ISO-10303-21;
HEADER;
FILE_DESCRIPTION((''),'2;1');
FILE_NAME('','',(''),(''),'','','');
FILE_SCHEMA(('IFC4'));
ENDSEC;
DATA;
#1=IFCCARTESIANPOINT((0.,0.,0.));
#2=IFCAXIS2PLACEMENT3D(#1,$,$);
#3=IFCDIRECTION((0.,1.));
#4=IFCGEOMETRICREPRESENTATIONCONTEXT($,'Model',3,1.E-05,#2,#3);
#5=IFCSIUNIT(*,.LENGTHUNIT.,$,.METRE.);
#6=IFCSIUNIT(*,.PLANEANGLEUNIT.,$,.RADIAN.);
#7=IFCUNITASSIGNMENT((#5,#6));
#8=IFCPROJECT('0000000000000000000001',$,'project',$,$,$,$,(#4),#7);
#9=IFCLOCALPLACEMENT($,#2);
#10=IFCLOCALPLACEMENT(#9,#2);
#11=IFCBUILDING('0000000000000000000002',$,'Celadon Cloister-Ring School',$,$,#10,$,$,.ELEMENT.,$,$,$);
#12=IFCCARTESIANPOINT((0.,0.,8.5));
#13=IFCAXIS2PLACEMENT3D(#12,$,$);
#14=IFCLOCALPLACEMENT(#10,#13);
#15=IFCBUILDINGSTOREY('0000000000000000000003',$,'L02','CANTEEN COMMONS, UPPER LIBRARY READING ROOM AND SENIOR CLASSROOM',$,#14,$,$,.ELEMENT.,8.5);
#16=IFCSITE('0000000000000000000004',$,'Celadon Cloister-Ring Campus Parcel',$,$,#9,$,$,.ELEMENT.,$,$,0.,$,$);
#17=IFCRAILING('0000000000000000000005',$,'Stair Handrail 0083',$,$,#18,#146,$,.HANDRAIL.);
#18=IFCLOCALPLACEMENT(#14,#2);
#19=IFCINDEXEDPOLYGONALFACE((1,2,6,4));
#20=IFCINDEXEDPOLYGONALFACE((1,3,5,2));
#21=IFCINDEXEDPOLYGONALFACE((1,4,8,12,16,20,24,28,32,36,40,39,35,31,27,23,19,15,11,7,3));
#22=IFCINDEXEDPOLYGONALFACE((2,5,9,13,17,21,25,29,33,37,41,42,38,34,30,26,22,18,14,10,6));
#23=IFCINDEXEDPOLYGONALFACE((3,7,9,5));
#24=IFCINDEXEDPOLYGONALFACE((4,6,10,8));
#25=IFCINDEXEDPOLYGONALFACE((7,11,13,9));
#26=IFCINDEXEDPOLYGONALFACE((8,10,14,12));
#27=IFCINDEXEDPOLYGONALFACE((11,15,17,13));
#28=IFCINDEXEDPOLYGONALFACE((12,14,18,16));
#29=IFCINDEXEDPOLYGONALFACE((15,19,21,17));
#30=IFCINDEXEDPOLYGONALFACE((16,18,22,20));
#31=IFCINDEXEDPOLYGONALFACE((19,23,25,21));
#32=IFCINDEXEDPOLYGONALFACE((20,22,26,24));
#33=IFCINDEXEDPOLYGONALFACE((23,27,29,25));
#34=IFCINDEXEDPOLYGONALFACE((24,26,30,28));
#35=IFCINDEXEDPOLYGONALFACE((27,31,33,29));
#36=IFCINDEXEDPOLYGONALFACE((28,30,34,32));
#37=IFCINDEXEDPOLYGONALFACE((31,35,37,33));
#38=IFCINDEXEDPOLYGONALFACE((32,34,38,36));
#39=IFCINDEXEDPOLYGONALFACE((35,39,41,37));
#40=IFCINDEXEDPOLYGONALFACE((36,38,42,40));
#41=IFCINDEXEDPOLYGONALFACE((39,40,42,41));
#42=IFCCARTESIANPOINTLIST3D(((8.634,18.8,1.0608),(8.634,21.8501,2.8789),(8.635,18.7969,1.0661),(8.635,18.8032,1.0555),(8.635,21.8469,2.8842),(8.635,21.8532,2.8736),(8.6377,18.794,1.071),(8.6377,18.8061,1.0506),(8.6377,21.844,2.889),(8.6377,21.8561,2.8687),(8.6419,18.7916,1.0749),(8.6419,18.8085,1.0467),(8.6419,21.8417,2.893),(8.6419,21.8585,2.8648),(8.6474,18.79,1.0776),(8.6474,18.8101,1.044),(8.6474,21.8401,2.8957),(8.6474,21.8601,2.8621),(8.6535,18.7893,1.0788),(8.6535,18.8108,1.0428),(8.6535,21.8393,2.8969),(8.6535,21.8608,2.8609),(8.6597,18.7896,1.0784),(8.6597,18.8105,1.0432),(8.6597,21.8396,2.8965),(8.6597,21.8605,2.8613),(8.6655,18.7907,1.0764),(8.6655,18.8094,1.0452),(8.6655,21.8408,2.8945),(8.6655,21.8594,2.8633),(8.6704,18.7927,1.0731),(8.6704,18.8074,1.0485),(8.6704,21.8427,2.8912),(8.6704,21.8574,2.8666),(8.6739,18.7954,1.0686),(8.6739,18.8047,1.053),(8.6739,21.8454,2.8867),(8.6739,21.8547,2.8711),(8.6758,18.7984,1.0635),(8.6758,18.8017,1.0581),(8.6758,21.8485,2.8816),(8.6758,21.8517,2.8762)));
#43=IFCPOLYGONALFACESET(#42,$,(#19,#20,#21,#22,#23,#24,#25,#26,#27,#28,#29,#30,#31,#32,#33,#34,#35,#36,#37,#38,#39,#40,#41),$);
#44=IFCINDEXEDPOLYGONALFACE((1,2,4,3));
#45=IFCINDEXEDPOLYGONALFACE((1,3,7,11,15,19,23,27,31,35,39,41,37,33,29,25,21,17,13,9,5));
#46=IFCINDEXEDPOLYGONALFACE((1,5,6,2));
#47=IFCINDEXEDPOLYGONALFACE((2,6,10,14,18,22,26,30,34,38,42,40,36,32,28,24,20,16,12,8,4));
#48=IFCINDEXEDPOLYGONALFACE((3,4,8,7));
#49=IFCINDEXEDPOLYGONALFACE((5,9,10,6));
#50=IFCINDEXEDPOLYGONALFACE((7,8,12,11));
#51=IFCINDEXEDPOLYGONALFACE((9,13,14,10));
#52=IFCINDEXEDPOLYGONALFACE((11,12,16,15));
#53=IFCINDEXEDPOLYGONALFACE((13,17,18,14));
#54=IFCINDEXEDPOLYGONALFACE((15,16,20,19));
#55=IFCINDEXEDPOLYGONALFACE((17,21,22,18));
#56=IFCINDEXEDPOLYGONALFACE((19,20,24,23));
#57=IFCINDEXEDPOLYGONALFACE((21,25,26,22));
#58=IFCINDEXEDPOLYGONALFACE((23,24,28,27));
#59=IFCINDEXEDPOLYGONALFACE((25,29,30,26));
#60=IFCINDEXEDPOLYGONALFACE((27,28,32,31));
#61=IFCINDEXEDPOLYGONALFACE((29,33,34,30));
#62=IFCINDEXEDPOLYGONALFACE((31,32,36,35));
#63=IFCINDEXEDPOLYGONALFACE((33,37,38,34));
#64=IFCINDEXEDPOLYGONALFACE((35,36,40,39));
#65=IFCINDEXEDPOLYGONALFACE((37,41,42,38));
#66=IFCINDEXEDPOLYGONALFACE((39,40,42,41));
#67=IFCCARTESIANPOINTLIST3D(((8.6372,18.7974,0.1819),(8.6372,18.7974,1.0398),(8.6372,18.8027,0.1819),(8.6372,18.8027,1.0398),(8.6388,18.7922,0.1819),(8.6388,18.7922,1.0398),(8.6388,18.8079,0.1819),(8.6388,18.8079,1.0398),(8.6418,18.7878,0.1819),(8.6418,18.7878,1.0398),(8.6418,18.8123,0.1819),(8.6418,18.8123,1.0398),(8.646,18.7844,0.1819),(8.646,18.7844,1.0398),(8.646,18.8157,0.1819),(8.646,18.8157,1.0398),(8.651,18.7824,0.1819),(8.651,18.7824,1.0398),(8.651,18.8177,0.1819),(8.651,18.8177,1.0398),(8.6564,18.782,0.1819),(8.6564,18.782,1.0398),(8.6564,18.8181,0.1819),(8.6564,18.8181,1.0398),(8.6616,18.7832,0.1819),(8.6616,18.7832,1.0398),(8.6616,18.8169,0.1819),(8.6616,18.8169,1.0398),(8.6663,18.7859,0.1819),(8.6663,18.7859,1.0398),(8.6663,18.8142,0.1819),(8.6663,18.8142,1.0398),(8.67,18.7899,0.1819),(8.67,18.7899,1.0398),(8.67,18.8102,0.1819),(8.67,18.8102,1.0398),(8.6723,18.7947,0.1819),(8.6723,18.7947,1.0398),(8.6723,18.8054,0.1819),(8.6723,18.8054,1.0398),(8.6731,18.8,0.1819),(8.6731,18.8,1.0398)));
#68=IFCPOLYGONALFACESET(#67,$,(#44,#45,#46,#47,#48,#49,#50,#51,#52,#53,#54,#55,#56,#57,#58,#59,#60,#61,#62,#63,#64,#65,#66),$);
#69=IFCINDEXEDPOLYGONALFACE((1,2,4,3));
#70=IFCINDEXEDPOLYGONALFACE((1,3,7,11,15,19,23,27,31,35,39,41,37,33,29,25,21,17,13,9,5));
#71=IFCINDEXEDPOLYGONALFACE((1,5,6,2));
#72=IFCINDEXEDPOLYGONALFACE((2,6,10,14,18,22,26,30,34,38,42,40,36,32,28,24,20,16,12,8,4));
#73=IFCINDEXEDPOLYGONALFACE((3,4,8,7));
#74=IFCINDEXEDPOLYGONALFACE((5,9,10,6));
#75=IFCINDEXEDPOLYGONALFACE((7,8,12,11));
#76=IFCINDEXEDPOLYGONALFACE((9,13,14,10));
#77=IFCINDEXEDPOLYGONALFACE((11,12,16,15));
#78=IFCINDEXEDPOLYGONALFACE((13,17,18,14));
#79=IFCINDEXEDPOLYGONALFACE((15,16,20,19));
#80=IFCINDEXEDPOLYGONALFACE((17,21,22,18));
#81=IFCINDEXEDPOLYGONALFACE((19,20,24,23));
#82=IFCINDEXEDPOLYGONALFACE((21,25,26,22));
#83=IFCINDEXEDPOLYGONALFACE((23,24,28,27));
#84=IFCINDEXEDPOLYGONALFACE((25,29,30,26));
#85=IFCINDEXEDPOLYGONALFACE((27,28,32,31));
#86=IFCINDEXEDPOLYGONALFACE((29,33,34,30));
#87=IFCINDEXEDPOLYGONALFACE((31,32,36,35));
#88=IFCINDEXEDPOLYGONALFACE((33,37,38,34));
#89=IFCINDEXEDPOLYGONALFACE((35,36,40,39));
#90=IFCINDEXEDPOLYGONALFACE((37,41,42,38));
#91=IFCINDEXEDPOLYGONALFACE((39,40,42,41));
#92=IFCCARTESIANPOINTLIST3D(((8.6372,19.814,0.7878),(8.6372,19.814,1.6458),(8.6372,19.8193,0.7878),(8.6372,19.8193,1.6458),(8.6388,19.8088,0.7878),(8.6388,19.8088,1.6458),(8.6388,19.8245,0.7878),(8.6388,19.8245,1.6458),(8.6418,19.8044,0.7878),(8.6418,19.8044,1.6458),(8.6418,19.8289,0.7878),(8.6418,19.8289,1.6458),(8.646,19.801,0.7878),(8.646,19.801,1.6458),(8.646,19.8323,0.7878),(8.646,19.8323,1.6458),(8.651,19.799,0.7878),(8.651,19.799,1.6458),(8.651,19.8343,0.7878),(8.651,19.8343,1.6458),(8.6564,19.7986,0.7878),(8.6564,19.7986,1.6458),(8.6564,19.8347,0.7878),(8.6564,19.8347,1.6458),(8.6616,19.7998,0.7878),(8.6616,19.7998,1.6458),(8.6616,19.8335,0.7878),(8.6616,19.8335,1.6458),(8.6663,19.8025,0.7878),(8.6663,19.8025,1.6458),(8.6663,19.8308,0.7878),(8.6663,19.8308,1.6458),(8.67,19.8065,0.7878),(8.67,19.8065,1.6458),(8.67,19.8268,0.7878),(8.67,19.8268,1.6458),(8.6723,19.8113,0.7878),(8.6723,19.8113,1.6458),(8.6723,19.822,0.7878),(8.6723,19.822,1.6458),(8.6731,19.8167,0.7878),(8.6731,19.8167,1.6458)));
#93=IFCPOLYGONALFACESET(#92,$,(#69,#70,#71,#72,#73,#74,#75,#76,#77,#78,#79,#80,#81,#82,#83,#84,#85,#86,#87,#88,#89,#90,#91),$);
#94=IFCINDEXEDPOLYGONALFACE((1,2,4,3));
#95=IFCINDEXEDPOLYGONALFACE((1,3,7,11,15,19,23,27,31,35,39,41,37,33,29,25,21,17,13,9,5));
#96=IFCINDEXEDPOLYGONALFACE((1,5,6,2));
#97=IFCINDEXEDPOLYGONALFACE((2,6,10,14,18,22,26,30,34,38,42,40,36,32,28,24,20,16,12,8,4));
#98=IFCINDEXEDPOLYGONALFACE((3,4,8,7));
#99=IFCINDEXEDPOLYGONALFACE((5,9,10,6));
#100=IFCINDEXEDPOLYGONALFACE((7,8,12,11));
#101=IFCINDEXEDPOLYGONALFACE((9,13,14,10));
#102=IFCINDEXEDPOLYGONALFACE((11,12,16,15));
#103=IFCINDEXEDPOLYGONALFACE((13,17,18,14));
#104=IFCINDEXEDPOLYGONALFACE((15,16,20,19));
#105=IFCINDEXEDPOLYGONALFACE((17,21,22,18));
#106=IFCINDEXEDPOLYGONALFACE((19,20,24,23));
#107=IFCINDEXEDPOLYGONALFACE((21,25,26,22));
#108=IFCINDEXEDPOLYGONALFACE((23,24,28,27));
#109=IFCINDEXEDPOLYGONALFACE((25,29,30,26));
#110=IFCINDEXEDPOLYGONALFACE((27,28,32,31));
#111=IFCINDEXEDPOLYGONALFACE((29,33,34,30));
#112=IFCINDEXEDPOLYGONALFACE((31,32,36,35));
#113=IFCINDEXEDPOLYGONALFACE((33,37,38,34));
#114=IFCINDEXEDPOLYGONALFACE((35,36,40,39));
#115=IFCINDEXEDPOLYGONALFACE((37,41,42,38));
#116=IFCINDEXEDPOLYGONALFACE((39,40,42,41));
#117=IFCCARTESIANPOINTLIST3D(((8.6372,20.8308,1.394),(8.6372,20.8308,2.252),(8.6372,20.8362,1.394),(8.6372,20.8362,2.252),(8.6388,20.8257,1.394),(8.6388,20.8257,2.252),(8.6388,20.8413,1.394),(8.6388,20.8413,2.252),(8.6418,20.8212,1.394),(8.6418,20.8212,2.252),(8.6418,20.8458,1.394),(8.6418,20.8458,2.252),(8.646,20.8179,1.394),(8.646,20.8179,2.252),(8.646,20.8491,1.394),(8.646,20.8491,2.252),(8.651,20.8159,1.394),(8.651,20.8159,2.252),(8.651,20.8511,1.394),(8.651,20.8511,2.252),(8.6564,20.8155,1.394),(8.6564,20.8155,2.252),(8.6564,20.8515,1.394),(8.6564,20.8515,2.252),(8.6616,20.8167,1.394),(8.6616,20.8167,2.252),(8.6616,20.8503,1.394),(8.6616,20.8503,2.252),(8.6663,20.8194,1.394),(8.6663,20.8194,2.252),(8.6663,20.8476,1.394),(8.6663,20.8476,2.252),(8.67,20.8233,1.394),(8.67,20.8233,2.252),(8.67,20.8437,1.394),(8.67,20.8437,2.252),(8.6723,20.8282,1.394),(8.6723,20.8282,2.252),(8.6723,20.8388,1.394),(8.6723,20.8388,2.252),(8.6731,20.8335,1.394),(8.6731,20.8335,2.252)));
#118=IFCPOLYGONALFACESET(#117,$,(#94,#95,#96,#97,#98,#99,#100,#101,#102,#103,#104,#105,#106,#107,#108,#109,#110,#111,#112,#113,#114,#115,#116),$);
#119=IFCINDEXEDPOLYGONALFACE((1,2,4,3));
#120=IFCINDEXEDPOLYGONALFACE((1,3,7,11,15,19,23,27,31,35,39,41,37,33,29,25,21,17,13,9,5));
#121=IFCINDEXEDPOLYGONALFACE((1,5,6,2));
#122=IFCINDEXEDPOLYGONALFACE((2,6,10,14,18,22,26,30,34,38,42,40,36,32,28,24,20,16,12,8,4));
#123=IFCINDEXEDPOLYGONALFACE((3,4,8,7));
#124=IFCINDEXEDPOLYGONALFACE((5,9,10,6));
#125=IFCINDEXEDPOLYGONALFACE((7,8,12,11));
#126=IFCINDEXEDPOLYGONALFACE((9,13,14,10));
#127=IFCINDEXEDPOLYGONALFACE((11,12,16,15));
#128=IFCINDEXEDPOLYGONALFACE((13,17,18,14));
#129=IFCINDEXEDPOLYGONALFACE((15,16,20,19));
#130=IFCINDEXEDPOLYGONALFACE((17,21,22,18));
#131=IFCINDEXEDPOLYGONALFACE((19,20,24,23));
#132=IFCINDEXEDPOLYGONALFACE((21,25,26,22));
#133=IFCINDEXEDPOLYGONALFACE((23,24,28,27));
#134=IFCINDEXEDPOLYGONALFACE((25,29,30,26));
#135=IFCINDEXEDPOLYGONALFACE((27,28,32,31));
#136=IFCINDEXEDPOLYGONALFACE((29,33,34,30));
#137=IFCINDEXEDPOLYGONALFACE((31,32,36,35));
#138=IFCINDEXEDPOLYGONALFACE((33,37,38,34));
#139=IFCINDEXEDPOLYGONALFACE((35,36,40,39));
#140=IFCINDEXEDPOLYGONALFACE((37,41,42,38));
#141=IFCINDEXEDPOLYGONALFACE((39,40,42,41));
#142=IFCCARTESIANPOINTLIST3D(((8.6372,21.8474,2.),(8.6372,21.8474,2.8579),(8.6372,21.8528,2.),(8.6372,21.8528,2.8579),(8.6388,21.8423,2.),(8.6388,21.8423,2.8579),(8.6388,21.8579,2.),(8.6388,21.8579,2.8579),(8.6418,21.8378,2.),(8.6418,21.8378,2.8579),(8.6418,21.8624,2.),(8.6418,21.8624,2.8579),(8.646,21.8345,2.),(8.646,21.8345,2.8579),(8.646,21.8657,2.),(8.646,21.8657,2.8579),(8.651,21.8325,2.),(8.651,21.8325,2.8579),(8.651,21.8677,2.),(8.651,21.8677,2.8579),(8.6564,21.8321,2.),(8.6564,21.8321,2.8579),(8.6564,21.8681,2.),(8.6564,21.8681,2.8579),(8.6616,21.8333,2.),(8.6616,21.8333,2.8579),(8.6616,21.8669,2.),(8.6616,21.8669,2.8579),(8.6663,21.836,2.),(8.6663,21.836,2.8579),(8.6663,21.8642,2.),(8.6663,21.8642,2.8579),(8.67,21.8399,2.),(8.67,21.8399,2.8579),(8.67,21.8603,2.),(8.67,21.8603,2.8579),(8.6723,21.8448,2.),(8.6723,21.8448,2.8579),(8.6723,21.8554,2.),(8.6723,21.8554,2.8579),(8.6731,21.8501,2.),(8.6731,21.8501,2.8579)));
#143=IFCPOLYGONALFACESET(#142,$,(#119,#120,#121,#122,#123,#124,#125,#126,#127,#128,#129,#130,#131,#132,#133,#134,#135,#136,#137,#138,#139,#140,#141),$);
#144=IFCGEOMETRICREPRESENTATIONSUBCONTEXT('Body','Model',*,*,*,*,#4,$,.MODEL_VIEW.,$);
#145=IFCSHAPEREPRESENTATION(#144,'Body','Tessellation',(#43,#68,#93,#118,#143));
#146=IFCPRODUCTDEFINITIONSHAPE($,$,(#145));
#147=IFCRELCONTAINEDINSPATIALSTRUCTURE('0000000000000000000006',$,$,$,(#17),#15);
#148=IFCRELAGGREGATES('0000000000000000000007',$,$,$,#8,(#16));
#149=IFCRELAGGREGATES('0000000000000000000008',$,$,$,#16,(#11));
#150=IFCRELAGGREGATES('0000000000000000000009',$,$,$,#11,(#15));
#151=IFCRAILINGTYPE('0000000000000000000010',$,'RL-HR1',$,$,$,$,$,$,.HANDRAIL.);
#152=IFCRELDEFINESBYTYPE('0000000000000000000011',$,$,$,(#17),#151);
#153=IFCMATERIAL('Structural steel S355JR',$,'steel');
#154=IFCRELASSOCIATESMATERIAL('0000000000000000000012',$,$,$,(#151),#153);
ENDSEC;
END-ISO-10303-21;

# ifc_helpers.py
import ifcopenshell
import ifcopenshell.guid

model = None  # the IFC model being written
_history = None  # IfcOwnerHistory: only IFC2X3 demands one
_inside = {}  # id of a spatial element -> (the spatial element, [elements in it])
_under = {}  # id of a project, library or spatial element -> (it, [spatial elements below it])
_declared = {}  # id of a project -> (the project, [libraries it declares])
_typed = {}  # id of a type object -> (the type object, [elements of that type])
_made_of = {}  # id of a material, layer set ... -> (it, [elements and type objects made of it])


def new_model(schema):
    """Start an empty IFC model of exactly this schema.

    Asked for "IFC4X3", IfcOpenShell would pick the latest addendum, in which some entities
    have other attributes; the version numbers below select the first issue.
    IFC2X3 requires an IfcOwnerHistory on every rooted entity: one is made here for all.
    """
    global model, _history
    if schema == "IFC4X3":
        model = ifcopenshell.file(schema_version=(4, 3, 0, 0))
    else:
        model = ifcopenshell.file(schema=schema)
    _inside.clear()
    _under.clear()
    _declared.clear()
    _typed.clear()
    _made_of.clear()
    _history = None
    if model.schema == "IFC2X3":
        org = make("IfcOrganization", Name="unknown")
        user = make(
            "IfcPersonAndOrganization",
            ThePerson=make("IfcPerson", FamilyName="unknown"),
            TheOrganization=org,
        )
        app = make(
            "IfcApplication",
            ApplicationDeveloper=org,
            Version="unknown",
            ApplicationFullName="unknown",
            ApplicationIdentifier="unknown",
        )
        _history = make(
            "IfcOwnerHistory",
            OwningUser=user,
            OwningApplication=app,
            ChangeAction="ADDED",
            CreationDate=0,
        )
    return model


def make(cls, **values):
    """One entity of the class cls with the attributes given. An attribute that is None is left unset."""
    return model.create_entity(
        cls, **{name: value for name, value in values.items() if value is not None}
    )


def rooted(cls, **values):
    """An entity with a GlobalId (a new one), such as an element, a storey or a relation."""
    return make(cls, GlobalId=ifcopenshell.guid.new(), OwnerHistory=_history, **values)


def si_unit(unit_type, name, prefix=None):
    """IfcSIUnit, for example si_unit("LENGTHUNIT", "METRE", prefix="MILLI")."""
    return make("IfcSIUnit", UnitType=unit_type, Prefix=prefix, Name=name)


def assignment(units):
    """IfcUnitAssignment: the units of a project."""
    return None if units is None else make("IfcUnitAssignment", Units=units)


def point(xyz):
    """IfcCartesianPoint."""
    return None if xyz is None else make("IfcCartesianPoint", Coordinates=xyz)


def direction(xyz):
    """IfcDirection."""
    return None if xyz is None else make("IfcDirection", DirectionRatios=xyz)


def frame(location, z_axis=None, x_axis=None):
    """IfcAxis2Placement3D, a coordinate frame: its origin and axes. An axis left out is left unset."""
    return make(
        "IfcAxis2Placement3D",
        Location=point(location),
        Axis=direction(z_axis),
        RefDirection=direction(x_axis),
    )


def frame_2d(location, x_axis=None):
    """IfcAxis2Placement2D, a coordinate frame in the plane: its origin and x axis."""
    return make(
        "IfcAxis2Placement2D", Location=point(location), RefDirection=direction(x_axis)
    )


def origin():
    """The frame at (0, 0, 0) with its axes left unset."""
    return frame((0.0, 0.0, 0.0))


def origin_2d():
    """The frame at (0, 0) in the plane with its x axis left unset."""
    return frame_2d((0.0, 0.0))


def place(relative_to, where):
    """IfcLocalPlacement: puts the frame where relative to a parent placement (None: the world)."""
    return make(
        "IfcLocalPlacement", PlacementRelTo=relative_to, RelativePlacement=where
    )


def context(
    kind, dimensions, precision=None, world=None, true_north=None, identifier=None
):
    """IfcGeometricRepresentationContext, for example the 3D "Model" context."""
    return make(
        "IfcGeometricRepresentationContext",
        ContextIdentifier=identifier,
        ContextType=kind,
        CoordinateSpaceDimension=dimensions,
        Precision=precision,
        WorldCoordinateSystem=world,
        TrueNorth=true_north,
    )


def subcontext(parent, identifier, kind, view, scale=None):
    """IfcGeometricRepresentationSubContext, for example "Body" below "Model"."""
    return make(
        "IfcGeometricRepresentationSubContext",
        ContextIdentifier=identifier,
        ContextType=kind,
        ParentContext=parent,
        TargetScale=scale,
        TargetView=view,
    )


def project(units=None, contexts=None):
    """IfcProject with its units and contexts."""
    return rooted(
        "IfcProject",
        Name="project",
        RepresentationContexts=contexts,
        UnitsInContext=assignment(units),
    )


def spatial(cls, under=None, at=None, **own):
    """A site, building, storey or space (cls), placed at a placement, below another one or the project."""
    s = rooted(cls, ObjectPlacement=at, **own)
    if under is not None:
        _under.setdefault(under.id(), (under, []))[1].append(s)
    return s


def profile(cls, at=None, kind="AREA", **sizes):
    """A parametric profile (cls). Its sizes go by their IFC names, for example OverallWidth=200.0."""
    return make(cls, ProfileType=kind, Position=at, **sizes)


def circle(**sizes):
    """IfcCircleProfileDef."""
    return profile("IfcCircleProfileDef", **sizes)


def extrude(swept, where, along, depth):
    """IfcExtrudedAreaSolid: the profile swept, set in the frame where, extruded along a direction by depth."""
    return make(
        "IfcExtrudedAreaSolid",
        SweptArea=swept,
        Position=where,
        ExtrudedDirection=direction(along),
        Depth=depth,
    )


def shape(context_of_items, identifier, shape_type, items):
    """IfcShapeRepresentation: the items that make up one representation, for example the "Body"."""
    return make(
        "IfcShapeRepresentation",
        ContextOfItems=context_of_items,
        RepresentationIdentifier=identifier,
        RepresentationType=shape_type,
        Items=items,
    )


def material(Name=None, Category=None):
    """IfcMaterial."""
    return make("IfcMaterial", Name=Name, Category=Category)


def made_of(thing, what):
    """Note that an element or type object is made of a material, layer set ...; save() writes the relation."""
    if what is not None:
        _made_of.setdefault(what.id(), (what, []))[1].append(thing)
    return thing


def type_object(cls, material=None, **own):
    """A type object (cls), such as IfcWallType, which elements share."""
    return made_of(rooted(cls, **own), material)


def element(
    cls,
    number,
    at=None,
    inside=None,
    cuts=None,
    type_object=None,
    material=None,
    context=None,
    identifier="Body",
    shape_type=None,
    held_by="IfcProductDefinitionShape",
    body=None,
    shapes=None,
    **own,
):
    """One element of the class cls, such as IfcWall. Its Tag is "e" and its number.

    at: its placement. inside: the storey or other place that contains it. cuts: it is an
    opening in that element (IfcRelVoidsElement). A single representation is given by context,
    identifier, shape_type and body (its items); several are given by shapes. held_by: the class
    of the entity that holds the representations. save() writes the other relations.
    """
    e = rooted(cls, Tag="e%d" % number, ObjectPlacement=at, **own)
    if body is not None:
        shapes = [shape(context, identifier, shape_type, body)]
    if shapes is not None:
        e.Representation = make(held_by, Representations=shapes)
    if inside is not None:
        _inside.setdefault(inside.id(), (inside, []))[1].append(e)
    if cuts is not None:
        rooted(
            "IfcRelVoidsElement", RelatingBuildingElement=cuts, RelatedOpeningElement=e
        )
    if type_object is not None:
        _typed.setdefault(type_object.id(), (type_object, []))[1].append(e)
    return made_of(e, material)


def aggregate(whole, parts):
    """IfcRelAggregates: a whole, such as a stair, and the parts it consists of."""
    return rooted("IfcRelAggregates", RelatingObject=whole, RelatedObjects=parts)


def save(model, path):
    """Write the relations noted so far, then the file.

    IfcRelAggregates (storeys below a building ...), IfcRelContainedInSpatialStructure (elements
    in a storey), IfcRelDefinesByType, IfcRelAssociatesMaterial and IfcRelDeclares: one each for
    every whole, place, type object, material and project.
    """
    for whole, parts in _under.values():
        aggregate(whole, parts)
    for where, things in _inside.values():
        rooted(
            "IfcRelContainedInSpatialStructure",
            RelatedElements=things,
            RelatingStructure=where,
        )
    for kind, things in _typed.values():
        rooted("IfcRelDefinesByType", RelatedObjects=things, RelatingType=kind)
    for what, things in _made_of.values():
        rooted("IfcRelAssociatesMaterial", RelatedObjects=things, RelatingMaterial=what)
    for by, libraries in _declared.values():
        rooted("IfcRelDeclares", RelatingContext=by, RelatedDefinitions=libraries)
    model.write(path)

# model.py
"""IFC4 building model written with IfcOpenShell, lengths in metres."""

from ifc_helpers import new_model, si_unit, direction, frame, origin, origin_2d, place, context, subcontext, project, spatial, circle, extrude, material, type_object, element, save


model = new_model("IFC4")

# Units and contexts
model_context = context("Model", 3, precision=1e-05, world=origin(), true_north=direction((0.0, 1.0)))
body_context = subcontext(model_context, "Body", "Model", "MODEL_VIEW")
ifc_project = project(units=[si_unit("LENGTHUNIT", "METRE"), si_unit("PLANEANGLEUNIT", "RADIAN")], contexts=[model_context])

# Site, building, storey
site_placement = place(None, origin())
site = spatial("IfcSite", under=ifc_project, at=site_placement, Name="Celadon Cloister-Ring Campus Parcel", CompositionType="ELEMENT", RefElevation=0.0)
building_placement = place(site_placement, origin())
building = spatial("IfcBuilding", under=site, at=building_placement, Name="Celadon Cloister-Ring School", CompositionType="ELEMENT")
storey_placement = place(building_placement, frame((0.0, 0.0, 8.5)))
storey = spatial("IfcBuildingStorey", under=building, at=storey_placement, Name="L02", Description="CANTEEN COMMONS, UPPER LIBRARY READING ROOM AND SENIOR CLASSROOM", CompositionType="ELEMENT", Elevation=8.5)

# Railing
ifc_material_1 = material(Name="Structural steel S355JR", Category="steel")
railing_type_1 = type_object("IfcRailingType", Name="RL-HR1", PredefinedType="HANDRAIL", material=ifc_material_1)
for number, where, name in (
    (1, (8.655, 18.8, 0.1819), "Stair Handrail 0083"),
):
    element("IfcRailing", number, at=place(storey_placement, frame(where)), inside=storey, type_object=railing_type_1, Name=name, PredefinedType="HANDRAIL", context=body_context, shape_type="SweptSolid", body=[
        extrude(circle(Radius=0.021, at=origin_2d()), frame((0.0, 0.0, 0.8789), z_axis=(0.0, 0.85897, 0.512026), x_axis=(-1.0, 0.0, 0.0)), (0.0, 0.0, 1.0), 3.5508),
        extrude(circle(Radius=0.0181, at=origin_2d()), origin(), (0.0, 0.0, 1.0), 0.8579),
        extrude(circle(Radius=0.0181, at=origin_2d()), frame((0.0, 1.0166, 0.606)), (0.0, 0.0, 1.0), 0.8579),
        extrude(circle(Radius=0.0181, at=origin_2d()), frame((0.0, 2.0334, 1.2122)), (0.0, 0.0, 1.0), 0.8579),
        extrude(circle(Radius=0.0181, at=origin_2d()), frame((0.0, 3.05, 1.8181)), (0.0, 0.0, 1.0), 0.8579),
    ])

save(model, "model.ifc")
